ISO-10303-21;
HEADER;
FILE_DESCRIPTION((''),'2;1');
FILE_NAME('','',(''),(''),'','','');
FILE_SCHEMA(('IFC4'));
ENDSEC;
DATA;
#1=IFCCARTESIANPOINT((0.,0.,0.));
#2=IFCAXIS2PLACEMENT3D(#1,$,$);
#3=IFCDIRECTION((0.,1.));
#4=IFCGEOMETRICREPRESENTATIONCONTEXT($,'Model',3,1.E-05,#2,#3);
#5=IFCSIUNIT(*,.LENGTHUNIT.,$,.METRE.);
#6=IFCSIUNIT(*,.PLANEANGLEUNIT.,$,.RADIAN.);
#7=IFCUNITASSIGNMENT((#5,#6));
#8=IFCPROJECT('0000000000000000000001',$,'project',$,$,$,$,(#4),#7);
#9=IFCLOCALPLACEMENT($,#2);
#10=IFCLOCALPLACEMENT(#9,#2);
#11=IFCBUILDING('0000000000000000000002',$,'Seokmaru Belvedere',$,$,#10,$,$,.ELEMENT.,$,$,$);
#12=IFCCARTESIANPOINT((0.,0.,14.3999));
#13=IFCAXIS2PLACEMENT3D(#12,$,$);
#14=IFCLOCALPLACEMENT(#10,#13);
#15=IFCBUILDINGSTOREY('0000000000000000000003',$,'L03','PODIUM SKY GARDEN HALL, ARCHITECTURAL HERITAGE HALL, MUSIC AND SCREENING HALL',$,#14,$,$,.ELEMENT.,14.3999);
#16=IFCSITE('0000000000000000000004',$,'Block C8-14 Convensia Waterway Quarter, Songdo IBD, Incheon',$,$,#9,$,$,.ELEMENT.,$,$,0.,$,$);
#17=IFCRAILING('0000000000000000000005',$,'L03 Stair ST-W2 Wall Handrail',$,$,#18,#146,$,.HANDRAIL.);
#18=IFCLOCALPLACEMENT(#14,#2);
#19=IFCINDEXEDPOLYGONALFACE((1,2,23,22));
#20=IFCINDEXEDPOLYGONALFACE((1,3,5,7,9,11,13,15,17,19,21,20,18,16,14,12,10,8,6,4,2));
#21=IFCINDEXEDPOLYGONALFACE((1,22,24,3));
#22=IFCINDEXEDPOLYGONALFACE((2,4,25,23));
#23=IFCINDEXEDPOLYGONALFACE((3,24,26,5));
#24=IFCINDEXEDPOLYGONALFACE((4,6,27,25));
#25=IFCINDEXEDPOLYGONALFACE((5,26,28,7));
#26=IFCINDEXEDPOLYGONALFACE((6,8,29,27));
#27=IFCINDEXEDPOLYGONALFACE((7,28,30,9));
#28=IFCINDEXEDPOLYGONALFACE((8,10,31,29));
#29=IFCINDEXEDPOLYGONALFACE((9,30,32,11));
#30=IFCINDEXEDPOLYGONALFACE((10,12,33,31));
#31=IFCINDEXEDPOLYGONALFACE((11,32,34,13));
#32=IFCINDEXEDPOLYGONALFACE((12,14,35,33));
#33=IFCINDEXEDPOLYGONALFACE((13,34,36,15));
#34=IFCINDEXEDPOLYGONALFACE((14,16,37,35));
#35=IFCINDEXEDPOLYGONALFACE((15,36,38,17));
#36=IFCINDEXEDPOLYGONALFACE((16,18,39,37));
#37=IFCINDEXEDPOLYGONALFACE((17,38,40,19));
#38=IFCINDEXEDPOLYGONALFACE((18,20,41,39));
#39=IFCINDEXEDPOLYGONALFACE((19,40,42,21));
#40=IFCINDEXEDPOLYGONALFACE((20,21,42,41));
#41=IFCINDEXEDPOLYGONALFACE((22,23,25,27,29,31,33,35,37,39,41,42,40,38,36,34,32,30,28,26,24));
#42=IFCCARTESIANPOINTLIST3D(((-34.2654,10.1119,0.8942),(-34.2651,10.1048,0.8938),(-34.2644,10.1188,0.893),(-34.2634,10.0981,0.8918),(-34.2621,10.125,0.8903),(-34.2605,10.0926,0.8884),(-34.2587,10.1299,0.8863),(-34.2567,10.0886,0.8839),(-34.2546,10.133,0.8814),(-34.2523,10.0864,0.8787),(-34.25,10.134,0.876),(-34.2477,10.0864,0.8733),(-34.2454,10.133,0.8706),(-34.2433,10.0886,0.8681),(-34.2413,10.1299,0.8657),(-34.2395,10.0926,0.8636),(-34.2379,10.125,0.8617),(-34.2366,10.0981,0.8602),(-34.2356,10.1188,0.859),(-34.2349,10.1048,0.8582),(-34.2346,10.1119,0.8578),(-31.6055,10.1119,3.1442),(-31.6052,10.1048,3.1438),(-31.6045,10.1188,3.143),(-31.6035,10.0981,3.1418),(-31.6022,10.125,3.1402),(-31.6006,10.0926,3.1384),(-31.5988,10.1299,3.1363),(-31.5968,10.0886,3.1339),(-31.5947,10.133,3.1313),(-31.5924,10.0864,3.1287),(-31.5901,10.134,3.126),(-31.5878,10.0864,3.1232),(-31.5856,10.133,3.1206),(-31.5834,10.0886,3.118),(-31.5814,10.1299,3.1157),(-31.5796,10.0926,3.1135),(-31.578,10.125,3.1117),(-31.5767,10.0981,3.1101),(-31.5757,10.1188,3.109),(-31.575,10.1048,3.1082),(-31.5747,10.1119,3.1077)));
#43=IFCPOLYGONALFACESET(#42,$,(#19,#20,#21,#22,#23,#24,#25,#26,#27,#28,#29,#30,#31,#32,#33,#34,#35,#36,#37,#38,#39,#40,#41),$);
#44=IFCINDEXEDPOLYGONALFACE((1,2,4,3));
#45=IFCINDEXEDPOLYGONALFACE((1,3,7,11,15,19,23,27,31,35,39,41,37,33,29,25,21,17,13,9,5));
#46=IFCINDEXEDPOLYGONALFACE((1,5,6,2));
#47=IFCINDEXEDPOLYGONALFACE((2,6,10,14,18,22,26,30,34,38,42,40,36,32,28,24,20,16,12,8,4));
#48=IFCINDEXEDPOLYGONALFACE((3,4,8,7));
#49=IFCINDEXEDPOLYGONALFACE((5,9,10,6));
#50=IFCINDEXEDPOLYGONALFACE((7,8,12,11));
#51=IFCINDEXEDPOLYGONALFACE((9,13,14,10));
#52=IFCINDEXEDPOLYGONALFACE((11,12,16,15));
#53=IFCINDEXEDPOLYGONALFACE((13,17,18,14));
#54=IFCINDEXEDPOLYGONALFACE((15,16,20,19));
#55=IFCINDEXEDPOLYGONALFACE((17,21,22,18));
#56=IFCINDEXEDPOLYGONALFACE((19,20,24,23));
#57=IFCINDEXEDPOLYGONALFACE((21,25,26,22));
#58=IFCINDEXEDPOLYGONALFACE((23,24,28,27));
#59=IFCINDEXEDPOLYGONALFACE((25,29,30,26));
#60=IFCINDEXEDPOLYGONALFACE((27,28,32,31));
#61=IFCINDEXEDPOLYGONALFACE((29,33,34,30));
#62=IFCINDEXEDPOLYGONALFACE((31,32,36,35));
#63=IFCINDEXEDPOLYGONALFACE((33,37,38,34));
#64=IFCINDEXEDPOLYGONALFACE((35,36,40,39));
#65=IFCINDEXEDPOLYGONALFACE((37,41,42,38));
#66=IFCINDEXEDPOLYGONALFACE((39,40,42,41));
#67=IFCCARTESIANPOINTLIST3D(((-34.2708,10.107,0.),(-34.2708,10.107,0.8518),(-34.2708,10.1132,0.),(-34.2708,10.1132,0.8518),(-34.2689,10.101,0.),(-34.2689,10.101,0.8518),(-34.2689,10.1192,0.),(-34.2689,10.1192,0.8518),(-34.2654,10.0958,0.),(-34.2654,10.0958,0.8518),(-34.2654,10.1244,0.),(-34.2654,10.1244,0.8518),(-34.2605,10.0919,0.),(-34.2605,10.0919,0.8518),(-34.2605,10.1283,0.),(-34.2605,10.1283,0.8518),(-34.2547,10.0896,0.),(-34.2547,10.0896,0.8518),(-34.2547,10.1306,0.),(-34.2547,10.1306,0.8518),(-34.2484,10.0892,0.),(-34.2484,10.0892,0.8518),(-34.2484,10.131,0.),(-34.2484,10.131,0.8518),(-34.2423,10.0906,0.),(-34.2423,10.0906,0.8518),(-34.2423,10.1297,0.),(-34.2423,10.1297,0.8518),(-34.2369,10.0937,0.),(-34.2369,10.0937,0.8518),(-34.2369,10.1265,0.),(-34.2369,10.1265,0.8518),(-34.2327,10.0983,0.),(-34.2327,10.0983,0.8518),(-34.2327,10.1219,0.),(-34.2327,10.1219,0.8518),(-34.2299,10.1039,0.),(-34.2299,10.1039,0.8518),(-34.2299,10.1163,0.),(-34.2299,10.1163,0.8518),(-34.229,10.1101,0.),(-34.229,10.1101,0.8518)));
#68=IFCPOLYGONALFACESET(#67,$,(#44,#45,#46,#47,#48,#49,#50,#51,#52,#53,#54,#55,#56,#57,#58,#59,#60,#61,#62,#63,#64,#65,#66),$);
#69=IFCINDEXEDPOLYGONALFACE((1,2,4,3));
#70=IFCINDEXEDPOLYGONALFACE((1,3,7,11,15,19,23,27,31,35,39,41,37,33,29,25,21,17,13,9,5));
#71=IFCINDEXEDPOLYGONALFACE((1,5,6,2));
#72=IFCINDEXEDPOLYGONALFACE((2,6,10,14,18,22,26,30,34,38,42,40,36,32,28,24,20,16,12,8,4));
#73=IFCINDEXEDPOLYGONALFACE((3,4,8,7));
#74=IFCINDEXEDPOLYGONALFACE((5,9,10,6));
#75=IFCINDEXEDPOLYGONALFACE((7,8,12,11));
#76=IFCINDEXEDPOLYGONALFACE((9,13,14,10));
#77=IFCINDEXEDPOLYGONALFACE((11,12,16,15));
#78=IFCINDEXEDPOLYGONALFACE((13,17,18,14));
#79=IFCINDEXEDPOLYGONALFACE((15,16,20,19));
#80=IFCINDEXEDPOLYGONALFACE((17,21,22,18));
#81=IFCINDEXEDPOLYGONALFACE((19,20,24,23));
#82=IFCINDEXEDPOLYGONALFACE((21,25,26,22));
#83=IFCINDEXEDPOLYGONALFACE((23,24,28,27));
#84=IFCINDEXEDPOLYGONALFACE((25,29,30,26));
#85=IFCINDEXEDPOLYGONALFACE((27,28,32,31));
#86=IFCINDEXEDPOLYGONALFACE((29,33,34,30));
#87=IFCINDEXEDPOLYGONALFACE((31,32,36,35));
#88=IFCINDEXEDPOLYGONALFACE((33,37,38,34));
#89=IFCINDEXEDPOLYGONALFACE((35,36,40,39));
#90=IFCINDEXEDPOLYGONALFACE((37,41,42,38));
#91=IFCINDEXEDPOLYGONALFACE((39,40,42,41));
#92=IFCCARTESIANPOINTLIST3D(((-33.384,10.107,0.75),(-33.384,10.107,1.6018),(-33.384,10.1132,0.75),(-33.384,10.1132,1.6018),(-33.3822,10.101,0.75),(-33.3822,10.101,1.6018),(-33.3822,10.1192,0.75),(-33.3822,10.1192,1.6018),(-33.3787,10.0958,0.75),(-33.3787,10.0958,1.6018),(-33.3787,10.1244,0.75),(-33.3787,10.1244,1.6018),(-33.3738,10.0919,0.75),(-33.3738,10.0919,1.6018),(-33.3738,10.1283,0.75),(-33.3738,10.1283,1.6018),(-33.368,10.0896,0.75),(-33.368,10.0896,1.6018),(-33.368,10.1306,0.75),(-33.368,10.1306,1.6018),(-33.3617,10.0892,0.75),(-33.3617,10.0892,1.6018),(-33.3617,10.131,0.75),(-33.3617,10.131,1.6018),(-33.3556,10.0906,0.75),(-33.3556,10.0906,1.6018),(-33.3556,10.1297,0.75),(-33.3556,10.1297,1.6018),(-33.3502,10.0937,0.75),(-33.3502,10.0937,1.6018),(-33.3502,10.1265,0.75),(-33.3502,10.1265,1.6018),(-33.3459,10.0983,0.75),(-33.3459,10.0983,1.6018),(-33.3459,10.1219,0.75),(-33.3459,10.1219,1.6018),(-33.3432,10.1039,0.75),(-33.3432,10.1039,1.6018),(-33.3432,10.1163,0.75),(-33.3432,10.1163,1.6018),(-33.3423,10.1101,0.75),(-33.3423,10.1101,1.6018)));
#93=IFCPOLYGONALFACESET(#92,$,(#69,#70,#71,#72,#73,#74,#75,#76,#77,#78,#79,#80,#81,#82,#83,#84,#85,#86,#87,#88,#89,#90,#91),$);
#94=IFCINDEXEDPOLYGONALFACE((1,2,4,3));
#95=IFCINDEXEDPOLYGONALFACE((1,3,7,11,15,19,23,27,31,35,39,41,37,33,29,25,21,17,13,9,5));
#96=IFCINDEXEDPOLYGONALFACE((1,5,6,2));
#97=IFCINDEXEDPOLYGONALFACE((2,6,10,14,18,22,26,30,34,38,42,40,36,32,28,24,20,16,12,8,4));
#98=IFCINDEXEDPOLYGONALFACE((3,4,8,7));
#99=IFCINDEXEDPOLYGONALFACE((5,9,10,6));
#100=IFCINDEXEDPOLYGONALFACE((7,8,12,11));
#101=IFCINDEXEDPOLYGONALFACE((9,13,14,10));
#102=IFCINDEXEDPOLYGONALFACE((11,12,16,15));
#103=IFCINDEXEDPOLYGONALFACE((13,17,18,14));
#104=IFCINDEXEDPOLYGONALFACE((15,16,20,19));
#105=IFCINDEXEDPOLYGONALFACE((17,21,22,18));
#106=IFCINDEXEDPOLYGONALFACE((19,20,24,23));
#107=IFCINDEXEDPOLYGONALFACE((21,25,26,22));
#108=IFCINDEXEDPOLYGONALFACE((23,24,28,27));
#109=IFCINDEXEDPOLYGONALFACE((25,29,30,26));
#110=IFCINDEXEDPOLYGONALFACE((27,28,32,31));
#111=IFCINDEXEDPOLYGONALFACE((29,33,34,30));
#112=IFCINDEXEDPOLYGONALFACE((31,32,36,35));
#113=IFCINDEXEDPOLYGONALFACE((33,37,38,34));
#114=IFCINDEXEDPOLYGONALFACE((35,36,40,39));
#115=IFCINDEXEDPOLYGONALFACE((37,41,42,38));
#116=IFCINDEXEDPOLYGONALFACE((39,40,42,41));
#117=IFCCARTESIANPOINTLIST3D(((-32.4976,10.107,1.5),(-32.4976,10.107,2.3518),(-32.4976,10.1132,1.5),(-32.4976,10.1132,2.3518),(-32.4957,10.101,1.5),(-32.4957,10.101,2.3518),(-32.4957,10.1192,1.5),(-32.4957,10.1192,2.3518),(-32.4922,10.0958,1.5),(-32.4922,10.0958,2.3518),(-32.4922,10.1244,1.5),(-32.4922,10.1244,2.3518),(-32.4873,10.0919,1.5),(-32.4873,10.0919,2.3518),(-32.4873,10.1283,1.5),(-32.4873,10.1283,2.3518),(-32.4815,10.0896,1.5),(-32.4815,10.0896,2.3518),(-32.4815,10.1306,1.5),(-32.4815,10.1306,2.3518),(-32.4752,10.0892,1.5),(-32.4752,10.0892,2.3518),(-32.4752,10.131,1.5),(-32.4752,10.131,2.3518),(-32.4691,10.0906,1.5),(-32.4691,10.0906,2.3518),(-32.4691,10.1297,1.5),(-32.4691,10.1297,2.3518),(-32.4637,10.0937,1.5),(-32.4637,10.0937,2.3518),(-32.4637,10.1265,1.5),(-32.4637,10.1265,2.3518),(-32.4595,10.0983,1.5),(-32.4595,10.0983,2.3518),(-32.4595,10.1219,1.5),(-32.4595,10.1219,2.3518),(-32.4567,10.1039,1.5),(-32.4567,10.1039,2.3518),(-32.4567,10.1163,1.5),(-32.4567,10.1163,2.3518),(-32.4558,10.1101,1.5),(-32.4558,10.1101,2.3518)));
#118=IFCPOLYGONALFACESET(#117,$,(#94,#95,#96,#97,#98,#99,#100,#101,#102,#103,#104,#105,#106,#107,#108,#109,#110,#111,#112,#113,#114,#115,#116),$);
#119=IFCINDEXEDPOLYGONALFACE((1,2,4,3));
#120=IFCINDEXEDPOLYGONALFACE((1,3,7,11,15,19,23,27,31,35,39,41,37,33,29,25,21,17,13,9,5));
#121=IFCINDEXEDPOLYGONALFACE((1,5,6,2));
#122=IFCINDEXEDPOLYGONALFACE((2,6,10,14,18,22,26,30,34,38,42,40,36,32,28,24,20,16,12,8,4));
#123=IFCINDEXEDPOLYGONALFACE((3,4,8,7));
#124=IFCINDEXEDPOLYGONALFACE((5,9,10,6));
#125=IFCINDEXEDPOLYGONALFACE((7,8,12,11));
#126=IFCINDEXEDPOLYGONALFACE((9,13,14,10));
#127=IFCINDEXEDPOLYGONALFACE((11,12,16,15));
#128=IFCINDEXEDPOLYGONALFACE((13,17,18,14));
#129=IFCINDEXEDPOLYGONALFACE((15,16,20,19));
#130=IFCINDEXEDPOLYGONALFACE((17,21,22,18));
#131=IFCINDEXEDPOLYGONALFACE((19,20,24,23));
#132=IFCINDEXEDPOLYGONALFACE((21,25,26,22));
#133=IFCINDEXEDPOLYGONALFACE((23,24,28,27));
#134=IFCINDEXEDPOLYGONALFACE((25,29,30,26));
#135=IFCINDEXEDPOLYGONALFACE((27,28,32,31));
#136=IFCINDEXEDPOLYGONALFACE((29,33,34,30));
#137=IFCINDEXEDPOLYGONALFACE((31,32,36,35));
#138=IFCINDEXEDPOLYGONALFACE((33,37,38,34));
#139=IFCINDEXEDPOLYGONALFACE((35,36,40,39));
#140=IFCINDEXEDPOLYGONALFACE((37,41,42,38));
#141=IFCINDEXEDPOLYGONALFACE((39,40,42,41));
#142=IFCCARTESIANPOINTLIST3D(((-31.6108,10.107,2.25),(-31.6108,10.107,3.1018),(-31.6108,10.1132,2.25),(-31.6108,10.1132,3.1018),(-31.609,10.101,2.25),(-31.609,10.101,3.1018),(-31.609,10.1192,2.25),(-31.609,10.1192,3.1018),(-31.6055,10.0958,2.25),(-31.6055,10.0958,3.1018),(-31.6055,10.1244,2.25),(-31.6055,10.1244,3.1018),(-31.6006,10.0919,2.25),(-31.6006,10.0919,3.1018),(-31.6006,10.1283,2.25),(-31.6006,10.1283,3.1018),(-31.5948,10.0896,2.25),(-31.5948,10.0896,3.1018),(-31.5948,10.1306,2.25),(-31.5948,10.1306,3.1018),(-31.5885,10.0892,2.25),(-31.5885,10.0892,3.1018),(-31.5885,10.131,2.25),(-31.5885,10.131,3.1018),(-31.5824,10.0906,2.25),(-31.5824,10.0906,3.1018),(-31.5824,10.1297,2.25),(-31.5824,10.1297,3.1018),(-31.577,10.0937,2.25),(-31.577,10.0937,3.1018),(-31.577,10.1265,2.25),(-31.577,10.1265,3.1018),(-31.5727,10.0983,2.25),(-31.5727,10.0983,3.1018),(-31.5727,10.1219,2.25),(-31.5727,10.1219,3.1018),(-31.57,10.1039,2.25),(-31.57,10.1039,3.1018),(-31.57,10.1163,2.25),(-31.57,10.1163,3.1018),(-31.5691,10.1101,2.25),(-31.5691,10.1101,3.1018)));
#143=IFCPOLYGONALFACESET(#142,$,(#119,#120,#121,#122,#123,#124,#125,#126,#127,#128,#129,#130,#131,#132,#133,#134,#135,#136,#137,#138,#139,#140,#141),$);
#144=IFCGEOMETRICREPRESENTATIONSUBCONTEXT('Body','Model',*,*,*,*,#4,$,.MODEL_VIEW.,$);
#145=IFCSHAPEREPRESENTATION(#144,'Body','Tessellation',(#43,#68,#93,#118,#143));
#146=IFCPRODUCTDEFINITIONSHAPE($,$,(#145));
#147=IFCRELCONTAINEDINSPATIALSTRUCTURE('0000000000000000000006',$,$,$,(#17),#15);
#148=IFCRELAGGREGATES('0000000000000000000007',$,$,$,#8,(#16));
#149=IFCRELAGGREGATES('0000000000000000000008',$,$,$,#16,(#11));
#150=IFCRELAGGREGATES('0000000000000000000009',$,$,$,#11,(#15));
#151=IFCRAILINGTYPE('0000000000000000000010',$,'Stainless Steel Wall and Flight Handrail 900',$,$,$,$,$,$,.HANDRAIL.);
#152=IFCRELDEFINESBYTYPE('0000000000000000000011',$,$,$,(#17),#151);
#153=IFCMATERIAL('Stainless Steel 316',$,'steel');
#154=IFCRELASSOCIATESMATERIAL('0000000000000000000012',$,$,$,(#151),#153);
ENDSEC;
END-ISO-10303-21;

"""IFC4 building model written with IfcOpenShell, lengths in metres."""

from ifc_helpers import new_model, si_unit, direction, frame, origin, origin_2d, place, context, subcontext, project, spatial, circle, extrude, material, type_object, element, save


model = new_model("IFC4")

# Units and contexts
model_context = context("Model", 3, precision=1e-05, world=origin(), true_north=direction((0.0, 1.0)))
body_context = subcontext(model_context, "Body", "Model", "MODEL_VIEW")
ifc_project = project(units=[si_unit("LENGTHUNIT", "METRE"), si_unit("PLANEANGLEUNIT", "RADIAN")], contexts=[model_context])

# Site, building, storey
site_placement = place(None, origin())
site = spatial("IfcSite", under=ifc_project, at=site_placement, Name="Block C8-14 Convensia Waterway Quarter, Songdo IBD, Incheon", CompositionType="ELEMENT", RefElevation=0.0)
building_placement = place(site_placement, origin())
building = spatial("IfcBuilding", under=site, at=building_placement, Name="Seokmaru Belvedere", CompositionType="ELEMENT")
storey_placement = place(building_placement, frame((0.0, 0.0, 14.3999)))
storey = spatial("IfcBuildingStorey", under=building, at=storey_placement, Name="L03", Description="PODIUM SKY GARDEN HALL, ARCHITECTURAL HERITAGE HALL, MUSIC AND SCREENING HALL", CompositionType="ELEMENT", Elevation=14.3999)

# Railing
ifc_material_1 = material(Name="Stainless Steel 316", Category="steel")
railing_type_1 = type_object("IfcRailingType", Name="Stainless Steel Wall and Flight Handrail 900", PredefinedType="HANDRAIL", material=ifc_material_1)
railing_1_placement = place(storey_placement, frame((-34.25, 10.1101, 0.0)))
element("IfcRailing", 1, at=railing_1_placement, inside=storey, type_object=railing_type_1, Name="L03 Stair ST-W2 Wall Handrail", PredefinedType="HANDRAIL", context=body_context, shape_type="SweptSolid", body=[
    extrude(circle(Radius=0.0239, at=origin_2d()), frame((0.0, 0.0, 0.876), z_axis=(0.763485, 0.0, 0.645826), x_axis=(0.0, 1.0, 0.0)), (0.0, 0.0, 1.0), 3.4839),
    extrude(circle(Radius=0.021, at=origin_2d()), origin(), (0.0, 0.0, 1.0), 0.8518),
    extrude(circle(Radius=0.021, at=origin_2d()), frame((0.8867, 0.0, 0.75)), (0.0, 0.0, 1.0), 0.8518),
    extrude(circle(Radius=0.021, at=origin_2d()), frame((1.7732, 0.0, 1.5)), (0.0, 0.0, 1.0), 0.8518),
    extrude(circle(Radius=0.021, at=origin_2d()), frame((2.6599, 0.0, 2.25)), (0.0, 0.0, 1.0), 0.8518),
])

save(model, "model.ifc")
